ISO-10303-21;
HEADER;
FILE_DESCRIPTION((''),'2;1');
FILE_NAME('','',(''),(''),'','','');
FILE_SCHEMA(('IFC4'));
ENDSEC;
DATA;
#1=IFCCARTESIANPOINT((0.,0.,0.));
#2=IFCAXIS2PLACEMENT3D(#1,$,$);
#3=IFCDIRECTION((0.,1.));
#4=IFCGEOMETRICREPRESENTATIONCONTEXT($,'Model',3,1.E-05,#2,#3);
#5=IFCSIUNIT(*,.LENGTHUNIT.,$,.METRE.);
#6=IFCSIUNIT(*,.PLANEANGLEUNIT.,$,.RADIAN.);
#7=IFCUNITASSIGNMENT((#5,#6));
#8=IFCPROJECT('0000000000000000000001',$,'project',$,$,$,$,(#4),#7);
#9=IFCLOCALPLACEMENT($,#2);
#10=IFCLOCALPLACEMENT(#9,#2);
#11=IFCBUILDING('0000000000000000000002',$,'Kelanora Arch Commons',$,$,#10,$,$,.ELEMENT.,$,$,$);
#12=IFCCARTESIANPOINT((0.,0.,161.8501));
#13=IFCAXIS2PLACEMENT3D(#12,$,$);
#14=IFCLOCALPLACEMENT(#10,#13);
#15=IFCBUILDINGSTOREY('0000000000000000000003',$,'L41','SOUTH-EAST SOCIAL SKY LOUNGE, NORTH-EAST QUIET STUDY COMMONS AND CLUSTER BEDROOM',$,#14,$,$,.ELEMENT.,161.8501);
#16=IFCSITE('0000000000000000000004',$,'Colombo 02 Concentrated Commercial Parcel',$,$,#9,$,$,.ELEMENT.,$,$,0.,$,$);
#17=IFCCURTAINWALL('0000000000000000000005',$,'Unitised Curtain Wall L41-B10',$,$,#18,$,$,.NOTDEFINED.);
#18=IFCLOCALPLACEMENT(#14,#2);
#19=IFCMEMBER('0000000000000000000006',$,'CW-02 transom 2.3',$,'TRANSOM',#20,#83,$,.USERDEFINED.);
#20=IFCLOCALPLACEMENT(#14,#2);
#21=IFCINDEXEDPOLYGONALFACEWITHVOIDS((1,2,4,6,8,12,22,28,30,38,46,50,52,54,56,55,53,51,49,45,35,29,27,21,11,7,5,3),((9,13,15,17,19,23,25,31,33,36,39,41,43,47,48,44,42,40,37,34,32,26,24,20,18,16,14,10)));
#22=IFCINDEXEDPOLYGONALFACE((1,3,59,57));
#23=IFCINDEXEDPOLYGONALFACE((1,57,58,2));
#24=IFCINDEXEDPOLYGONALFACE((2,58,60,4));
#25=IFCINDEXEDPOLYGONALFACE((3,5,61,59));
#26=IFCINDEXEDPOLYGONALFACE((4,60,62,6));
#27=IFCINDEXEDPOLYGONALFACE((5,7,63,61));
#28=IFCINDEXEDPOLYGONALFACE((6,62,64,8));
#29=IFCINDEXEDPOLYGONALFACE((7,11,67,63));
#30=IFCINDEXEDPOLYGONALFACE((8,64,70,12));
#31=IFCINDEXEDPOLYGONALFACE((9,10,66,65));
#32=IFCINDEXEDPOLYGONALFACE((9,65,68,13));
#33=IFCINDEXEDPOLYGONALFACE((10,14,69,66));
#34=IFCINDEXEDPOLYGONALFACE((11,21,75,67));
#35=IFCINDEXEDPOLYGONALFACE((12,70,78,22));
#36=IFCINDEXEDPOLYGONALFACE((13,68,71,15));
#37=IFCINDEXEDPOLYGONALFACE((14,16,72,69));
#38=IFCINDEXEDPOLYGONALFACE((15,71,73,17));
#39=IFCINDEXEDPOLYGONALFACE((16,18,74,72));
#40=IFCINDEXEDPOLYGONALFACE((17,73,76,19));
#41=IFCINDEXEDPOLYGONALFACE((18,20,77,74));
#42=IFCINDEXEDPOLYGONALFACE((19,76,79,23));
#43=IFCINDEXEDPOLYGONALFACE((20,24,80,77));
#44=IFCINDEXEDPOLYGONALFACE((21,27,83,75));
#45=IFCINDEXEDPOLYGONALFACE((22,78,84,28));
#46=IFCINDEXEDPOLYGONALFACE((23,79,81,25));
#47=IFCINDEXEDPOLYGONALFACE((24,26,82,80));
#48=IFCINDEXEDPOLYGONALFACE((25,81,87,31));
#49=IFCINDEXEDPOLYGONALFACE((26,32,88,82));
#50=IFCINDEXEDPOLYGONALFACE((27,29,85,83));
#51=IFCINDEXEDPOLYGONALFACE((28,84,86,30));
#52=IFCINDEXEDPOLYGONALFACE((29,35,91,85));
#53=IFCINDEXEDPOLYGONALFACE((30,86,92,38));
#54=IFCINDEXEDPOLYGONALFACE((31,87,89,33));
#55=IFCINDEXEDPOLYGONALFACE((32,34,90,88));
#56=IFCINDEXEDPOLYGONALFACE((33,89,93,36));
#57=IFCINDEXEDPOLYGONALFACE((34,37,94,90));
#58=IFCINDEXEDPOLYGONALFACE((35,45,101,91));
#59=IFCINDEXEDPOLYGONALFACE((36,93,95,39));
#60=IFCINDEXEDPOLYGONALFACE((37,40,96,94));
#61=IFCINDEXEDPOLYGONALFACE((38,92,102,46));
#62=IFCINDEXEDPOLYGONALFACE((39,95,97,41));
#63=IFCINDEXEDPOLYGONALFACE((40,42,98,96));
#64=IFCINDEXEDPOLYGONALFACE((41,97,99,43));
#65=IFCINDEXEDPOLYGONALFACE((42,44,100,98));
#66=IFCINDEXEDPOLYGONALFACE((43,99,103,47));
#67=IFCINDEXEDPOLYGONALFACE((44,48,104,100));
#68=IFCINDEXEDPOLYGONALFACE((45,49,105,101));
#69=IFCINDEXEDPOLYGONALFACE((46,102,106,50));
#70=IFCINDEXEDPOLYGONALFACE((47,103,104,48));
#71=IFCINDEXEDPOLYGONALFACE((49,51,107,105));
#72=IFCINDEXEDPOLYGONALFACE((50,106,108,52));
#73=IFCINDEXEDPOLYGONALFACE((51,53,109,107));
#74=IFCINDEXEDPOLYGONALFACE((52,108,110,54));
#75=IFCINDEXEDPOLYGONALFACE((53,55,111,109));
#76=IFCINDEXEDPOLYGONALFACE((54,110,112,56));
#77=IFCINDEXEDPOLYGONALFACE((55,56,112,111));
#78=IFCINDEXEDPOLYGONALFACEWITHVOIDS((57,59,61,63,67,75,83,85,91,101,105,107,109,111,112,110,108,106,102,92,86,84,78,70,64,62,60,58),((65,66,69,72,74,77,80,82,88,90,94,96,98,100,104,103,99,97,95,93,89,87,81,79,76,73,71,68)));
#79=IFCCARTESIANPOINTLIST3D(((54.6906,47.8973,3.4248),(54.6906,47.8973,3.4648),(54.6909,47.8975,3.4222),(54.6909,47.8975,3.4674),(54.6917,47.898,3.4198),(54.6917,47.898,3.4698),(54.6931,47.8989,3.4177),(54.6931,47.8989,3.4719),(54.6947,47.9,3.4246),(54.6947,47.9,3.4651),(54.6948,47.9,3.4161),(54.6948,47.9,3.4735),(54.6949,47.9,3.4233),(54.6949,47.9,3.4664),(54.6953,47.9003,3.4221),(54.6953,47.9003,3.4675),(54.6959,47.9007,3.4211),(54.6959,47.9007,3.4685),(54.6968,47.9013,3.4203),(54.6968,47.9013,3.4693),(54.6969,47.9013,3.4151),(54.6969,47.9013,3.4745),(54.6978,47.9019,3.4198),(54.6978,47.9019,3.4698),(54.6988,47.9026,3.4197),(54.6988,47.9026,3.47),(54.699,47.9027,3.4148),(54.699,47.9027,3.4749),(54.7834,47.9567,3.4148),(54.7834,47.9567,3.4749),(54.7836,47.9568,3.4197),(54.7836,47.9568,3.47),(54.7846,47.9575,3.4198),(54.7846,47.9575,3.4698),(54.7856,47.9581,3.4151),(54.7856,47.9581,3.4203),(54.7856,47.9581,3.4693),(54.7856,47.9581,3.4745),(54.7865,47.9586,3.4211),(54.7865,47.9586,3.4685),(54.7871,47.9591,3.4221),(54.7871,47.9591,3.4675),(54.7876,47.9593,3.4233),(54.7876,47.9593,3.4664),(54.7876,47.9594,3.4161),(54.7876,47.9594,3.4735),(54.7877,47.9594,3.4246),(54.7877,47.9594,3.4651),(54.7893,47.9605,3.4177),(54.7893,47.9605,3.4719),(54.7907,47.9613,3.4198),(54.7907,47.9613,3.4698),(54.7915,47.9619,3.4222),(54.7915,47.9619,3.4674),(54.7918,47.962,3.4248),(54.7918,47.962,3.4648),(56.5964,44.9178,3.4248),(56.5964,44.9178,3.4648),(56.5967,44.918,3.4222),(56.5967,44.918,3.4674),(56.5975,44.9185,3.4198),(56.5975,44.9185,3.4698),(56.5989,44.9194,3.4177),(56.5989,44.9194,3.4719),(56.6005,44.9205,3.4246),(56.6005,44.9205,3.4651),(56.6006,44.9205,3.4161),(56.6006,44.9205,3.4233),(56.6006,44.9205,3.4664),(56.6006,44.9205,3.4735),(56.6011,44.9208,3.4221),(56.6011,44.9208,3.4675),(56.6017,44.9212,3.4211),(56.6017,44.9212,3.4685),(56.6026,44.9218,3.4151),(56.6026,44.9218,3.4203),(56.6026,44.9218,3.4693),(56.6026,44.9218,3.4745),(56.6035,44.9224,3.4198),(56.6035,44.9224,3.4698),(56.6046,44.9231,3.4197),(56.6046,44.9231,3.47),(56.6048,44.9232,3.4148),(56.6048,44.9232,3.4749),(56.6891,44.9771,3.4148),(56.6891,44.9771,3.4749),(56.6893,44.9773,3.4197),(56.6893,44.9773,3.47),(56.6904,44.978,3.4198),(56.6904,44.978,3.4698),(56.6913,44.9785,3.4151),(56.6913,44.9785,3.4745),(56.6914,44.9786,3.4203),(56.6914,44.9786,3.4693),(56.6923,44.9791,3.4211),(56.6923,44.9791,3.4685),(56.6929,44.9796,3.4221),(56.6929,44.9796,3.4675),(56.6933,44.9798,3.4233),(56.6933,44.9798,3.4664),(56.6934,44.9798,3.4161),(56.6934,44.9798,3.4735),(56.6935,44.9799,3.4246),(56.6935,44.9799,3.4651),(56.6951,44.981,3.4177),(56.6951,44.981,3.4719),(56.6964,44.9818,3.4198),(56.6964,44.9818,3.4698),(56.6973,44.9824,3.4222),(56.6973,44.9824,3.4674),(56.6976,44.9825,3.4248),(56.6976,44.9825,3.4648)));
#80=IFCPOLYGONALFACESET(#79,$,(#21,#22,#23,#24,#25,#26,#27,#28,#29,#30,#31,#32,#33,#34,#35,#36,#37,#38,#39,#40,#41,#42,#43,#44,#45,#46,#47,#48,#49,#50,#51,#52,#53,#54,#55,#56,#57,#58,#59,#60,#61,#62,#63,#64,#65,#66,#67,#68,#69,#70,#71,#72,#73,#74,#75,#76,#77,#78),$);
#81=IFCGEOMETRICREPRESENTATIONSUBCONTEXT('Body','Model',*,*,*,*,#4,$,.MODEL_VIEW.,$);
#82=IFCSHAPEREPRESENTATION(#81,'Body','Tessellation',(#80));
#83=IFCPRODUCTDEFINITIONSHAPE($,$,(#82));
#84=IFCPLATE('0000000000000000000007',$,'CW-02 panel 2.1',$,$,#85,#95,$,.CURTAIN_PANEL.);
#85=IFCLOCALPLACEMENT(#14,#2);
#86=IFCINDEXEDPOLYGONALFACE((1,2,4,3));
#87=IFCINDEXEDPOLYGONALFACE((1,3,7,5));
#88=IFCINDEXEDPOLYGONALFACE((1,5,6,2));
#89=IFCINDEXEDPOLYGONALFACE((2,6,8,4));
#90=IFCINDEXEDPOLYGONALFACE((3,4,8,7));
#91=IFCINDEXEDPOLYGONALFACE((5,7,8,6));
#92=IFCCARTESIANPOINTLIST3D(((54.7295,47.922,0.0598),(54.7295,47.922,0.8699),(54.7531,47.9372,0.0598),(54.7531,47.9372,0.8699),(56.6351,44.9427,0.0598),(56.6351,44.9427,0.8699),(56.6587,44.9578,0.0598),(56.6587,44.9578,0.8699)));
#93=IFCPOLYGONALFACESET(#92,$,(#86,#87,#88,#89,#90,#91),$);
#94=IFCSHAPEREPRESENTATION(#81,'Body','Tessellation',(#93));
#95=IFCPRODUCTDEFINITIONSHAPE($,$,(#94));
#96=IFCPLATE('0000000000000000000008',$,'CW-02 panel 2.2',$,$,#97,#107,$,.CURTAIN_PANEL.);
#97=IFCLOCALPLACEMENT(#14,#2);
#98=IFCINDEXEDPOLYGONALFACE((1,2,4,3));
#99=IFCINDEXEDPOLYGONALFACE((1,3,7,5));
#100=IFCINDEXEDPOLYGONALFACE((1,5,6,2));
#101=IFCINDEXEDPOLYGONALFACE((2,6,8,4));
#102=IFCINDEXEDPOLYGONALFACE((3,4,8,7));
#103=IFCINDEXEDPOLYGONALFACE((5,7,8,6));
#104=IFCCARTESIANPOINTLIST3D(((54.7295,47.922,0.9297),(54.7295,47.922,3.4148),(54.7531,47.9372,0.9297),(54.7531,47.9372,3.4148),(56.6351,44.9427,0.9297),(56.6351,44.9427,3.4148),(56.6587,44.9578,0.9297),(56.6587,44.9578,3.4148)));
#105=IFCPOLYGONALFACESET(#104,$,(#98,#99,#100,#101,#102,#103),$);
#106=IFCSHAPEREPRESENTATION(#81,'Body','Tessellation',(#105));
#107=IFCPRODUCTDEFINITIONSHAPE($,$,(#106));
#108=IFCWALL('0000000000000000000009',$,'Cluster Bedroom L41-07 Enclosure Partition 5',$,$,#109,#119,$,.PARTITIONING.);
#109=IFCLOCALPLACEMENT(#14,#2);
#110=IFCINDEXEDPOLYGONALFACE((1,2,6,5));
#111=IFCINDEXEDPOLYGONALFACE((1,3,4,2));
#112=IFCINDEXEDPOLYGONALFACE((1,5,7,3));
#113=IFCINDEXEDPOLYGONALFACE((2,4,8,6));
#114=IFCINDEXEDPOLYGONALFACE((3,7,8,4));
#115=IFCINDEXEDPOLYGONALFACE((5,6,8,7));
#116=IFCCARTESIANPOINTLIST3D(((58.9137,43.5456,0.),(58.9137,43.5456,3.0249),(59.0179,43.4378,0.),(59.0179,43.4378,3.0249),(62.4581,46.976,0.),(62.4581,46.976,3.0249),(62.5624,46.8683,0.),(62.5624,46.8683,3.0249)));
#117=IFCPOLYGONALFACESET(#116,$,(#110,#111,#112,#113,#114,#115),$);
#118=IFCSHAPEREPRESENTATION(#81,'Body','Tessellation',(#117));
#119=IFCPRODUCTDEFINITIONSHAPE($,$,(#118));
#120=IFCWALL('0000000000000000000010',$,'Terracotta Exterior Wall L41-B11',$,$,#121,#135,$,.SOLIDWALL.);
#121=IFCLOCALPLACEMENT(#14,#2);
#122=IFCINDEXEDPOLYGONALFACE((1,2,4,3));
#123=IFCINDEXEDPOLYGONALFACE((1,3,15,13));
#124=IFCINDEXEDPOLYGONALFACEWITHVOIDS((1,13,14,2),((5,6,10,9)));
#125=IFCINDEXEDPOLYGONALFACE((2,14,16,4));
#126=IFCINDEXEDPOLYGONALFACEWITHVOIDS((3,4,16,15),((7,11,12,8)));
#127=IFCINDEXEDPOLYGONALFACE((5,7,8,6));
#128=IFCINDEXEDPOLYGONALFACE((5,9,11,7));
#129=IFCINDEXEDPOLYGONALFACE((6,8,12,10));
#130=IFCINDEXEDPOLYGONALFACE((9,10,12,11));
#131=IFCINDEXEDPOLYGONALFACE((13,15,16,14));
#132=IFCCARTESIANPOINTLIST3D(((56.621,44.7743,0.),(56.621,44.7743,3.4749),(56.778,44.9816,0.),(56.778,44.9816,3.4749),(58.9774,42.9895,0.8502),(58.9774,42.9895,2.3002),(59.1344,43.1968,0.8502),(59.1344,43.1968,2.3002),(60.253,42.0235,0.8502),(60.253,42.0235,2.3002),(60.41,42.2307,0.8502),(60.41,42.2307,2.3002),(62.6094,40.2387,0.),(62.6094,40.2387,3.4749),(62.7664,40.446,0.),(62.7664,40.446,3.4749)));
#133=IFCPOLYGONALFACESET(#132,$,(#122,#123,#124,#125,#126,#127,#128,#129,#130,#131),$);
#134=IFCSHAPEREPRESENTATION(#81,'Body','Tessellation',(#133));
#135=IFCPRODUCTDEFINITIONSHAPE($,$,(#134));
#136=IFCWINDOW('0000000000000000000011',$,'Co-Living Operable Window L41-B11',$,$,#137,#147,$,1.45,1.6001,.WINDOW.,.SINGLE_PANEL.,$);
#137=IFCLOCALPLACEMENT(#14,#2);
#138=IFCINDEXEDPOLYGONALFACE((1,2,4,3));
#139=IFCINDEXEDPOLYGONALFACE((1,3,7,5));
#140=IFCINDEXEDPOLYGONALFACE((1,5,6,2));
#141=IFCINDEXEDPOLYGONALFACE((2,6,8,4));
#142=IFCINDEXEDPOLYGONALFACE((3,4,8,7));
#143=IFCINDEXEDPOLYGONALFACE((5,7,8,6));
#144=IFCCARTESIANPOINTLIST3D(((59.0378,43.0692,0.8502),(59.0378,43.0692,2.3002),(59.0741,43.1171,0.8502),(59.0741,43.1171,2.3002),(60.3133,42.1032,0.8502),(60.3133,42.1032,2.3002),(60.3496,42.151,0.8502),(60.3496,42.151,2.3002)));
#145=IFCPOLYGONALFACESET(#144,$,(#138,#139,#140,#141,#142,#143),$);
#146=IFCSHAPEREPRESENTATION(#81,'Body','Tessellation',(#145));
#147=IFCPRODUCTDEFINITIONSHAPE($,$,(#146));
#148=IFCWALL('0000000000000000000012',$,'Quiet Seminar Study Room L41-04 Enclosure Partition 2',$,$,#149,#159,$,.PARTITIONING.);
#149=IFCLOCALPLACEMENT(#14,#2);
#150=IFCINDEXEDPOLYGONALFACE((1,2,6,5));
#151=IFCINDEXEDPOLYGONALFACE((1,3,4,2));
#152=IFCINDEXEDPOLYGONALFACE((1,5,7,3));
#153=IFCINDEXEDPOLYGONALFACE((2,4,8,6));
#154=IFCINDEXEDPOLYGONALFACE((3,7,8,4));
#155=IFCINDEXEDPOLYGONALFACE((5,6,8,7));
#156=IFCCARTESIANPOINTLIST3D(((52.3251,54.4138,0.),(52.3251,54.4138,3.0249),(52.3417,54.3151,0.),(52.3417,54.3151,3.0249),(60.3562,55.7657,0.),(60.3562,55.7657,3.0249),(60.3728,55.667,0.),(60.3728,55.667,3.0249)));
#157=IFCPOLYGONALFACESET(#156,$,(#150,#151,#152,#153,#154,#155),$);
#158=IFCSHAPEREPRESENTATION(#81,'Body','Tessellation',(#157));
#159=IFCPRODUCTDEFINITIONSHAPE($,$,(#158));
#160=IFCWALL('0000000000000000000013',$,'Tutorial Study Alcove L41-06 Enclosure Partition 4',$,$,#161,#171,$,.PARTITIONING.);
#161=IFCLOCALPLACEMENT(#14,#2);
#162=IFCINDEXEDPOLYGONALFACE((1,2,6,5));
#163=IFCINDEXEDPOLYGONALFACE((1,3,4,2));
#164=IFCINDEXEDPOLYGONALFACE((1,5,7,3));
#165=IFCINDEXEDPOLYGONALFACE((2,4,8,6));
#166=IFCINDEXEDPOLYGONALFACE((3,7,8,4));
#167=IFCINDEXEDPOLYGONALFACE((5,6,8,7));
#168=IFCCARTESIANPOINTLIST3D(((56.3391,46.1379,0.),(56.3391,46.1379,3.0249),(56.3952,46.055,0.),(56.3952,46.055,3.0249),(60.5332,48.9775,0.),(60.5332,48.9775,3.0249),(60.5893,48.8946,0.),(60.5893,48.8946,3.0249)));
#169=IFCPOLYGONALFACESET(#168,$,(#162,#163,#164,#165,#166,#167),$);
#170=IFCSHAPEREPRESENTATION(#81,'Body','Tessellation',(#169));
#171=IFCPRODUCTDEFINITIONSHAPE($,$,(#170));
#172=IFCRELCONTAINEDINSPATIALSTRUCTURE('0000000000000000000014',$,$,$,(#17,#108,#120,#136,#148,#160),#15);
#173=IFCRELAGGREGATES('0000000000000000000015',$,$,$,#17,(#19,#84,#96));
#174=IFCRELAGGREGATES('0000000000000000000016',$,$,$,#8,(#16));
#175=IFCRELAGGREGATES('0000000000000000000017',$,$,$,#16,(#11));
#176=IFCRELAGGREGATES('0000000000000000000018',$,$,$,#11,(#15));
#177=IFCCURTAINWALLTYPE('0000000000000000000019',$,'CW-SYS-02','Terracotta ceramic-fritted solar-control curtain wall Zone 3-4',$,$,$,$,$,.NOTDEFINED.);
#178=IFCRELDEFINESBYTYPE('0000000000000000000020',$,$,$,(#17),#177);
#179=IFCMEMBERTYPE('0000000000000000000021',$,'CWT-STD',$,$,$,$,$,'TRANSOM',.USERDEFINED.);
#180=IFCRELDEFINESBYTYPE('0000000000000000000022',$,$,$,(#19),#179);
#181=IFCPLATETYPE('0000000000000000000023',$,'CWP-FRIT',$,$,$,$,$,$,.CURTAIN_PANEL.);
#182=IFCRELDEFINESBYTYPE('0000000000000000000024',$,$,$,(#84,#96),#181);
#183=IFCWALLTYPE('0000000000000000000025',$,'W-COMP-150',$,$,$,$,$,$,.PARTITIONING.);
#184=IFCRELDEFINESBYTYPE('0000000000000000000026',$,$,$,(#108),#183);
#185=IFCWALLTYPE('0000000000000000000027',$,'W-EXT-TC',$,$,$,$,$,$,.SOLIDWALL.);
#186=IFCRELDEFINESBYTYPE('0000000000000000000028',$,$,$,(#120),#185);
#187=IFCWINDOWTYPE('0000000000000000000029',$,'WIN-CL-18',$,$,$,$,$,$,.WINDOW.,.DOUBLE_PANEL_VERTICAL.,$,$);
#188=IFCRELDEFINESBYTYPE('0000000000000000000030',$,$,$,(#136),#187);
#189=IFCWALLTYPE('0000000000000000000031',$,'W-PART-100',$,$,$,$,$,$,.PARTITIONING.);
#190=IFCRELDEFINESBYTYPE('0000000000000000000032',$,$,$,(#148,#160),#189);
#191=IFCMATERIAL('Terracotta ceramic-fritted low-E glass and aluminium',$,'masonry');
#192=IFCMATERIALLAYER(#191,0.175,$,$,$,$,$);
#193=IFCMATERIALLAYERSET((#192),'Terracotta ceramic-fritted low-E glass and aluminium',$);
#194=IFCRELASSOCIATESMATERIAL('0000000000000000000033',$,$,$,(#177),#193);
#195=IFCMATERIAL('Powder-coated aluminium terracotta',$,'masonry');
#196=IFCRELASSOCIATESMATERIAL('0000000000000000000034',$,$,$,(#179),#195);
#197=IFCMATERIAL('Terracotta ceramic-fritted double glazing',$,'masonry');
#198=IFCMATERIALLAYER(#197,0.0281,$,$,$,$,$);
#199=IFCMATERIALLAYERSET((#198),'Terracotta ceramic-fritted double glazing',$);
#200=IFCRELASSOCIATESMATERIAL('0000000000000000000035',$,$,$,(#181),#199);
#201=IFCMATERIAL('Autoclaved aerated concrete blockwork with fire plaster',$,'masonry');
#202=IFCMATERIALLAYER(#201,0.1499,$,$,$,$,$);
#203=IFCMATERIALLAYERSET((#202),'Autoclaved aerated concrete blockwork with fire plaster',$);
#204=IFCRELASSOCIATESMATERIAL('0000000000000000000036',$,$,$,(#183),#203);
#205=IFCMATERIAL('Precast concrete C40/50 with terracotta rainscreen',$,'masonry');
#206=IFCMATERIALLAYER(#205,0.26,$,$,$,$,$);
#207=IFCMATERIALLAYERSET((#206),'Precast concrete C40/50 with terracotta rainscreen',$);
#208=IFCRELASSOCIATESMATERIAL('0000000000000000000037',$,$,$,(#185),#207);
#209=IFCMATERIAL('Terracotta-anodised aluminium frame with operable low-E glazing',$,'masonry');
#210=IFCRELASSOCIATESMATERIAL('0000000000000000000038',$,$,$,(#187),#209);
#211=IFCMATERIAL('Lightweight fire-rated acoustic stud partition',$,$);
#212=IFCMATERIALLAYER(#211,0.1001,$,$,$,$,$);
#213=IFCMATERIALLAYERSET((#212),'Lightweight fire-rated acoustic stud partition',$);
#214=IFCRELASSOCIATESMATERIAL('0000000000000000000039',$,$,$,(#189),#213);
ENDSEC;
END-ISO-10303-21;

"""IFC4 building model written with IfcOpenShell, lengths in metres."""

from ifc_helpers import new_model, si_unit, direction, frame, frame_2d, origin, origin_2d, place, context, subcontext, project, spatial, rectangle, hollow_rectangle, extrude, source, transform, mapped, material, layer, layer_set, material_profile, profile_set, type_object, element, fill, aggregate, save


model = new_model("IFC4")

# Units and contexts
model_context = context("Model", 3, precision=1e-05, world=origin(), true_north=direction((0.0, 1.0)))
body_context = subcontext(model_context, "Body", "Model", "MODEL_VIEW")
ifc_project = project(units=[si_unit("LENGTHUNIT", "METRE"), si_unit("PLANEANGLEUNIT", "RADIAN")], contexts=[model_context])

# Site, building, storey
site_placement = place(None, origin())
site = spatial("IfcSite", under=ifc_project, at=site_placement, Name="Colombo 02 Concentrated Commercial Parcel", CompositionType="ELEMENT", RefElevation=0.0)
building_placement = place(site_placement, origin())
building = spatial("IfcBuilding", under=site, at=building_placement, Name="Kelanora Arch Commons", CompositionType="ELEMENT")
storey_placement = place(building_placement, frame((0.0, 0.0, 161.8501)))
storey = spatial("IfcBuildingStorey", under=building, at=storey_placement, Name="L41", Description="SOUTH-EAST SOCIAL SKY LOUNGE, NORTH-EAST QUIET STUDY COMMONS AND CLUSTER BEDROOM", CompositionType="ELEMENT", Elevation=161.8501)

# Curtain wall, member, plates
ifc_material_1 = material(Name="Terracotta ceramic-fritted low-E glass and aluminium", Category="masonry")
ifc_layer_1 = layer(ifc_material_1, 0.175)
ifc_layer_set_1 = layer_set([ifc_layer_1], Name="Terracotta ceramic-fritted low-E glass and aluminium")
curtain_wall_type = type_object("IfcCurtainWallType", Name="CW-SYS-02", Description="Terracotta ceramic-fritted solar-control curtain wall Zone 3-4", PredefinedType="NOTDEFINED", material=ifc_layer_set_1)
curtain_wall_placement = place(storey_placement, origin())
curtain_wall = element("IfcCurtainWall", 1, at=curtain_wall_placement, inside=storey, type_object=curtain_wall_type, Name="Unitised Curtain Wall L41-B10", PredefinedType="NOTDEFINED")
ifc_material_2 = material(Name="Powder-coated aluminium terracotta", Category="masonry")
ifc_material_profile_1 = material_profile(ifc_material_2, hollow_rectangle(XDim=0.1201, YDim=0.0601, WallThickness=0.0049, InnerFilletRadius=0.0049, OuterFilletRadius=0.01, at=origin_2d()), Name="CWT120x60")
ifc_profile_set_1 = profile_set([ifc_material_profile_1], Name="Powder-coated aluminium terracotta")
member_type_1 = type_object("IfcMemberType", Name="CWT-STD", ElementType="TRANSOM", PredefinedType="USERDEFINED", material=ifc_profile_set_1)
member_1_placement = place(storey_placement, frame((54.7412, 47.9297, 3.4448), z_axis=(0.53883, -0.842414, 0.0), x_axis=(0.842414, 0.53883, 0.0)))
member_1 = element("IfcMember", 2, at=member_1_placement, type_object=member_type_1, Name="CW-02 transom 2.3", ObjectType="TRANSOM", PredefinedType="USERDEFINED", context=body_context, shape_type="SweptSolid", body=[
    extrude(hollow_rectangle(XDim=0.1201, YDim=0.0601, WallThickness=0.0049, InnerFilletRadius=0.0049, OuterFilletRadius=0.01, at=origin_2d()), origin(), (0.0, 0.0, 1.0), 3.5369),
])
ifc_material_3 = material(Name="Terracotta ceramic-fritted double glazing", Category="masonry")
ifc_layer_2 = layer(ifc_material_3, 0.0281)
ifc_layer_set_2 = layer_set([ifc_layer_2], Name="Terracotta ceramic-fritted double glazing")
plate_type = type_object("IfcPlateType", Name="CWP-FRIT", PredefinedType="CURTAIN_PANEL", material=ifc_layer_set_2)
shared_shape_1 = source(origin(), body_context, "Body", "SweptSolid", [
    extrude(rectangle(XDim=3.5366, YDim=0.0281, at=origin_2d()), origin(), (0.0, 0.0, 1.0), 0.8101),
])
plate_1_placement = place(storey_placement, frame((55.6941, 46.4399, 0.0598), z_axis=(0.0, 0.0, 1.0), x_axis=(0.538817, -0.842423, 0.0)))
plate_1 = element("IfcPlate", 3, at=plate_1_placement, type_object=plate_type, Name="CW-02 panel 2.1", PredefinedType="CURTAIN_PANEL", context=body_context, shape_type="MappedRepresentation", body=[
    mapped(shared_shape_1, transform((0.0, 0.0, 0.0), scale=1.0)),
])
shared_shape_2 = source(origin(), body_context, "Body", "SweptSolid", [
    extrude(rectangle(XDim=3.5366, YDim=0.0281, at=origin_2d()), origin(), (0.0, 0.0, 1.0), 2.4851),
])
plate_2_placement = place(storey_placement, frame((55.6941, 46.4399, 0.9297), z_axis=(0.0, 0.0, 1.0), x_axis=(0.538817, -0.842423, 0.0)))
plate_2 = element("IfcPlate", 4, at=plate_2_placement, type_object=plate_type, Name="CW-02 panel 2.2", PredefinedType="CURTAIN_PANEL", context=body_context, shape_type="MappedRepresentation", body=[
    mapped(shared_shape_2, transform((0.0, 0.0, 0.0), scale=1.0)),
])
aggregate(curtain_wall, [member_1, plate_1, plate_2])

# Wall
ifc_material_4 = material(Name="Autoclaved aerated concrete blockwork with fire plaster", Category="masonry")
ifc_layer_3 = layer(ifc_material_4, 0.1499)
ifc_layer_set_3 = layer_set([ifc_layer_3], Name="Autoclaved aerated concrete blockwork with fire plaster")
wall_type_1 = type_object("IfcWallType", Name="W-COMP-150", PredefinedType="PARTITIONING", material=ifc_layer_set_3)
wall_1_placement = place(storey_placement, frame((58.9658, 43.4917, 0.0), z_axis=(0.0, 0.0, 1.0), x_axis=(0.718569, 0.695455, 0.0)))
element("IfcWall", 5, at=wall_1_placement, inside=storey, type_object=wall_type_1, Name="Cluster Bedroom L41-07 Enclosure Partition 5", PredefinedType="PARTITIONING", context=body_context, shape_type="SweptSolid", body=[
    extrude(rectangle(XDim=4.9326, YDim=0.1499, at=frame_2d((2.4663, 0.0))), origin(), (0.0, 0.0, 1.0), 3.0249),
])

# Wall, opening, window
ifc_material_5 = material(Name="Precast concrete C40/50 with terracotta rainscreen", Category="masonry")
ifc_layer_4 = layer(ifc_material_5, 0.26)
ifc_layer_set_4 = layer_set([ifc_layer_4], Name="Precast concrete C40/50 with terracotta rainscreen")
wall_type_2 = type_object("IfcWallType", Name="W-EXT-TC", PredefinedType="SOLIDWALL", material=ifc_layer_set_4)
wall_2_placement = place(storey_placement, frame((56.6995, 44.8779, 0.0), z_axis=(0.0, 0.0, 1.0), x_axis=(0.797164, -0.603763, 0.0)))
wall_2 = element("IfcWall", 6, at=wall_2_placement, inside=storey, type_object=wall_type_2, Name="Terracotta Exterior Wall L41-B11", PredefinedType="SOLIDWALL", context=body_context, shape_type="SweptSolid", body=[
    extrude(rectangle(XDim=7.5122, YDim=0.26, at=frame_2d((3.7561, 0.0))), origin(), (0.0, 0.0, 1.0), 3.4749),
])
opening_1_placement = place(wall_2_placement, frame((2.9561, 0.0, 0.8501)))
opening_1 = element("IfcOpeningElement", 7, at=opening_1_placement, cuts=wall_2, PredefinedType="OPENING", context=body_context, shape_type="SweptSolid", body=[
    extrude(rectangle(XDim=1.6001, YDim=1.45, at=frame_2d((0.8, 0.7251))), frame((0.0, 0.1401, 0.0), z_axis=(0.0, -1.0, 0.0), x_axis=(1.0, 0.0, 0.0)), (0.0, 0.0, 1.0), 0.28),
])
ifc_material_6 = material(Name="Terracotta-anodised aluminium frame with operable low-E glazing", Category="masonry")
window_type = type_object("IfcWindowType", Name="WIN-CL-18", PartitioningType="DOUBLE_PANEL_VERTICAL", PredefinedType="WINDOW", material=ifc_material_6)
window_placement = place(opening_1_placement, origin())
window = element("IfcWindow", 8, at=window_placement, inside=storey, type_object=window_type, Name="Co-Living Operable Window L41-B11", OverallHeight=1.45, OverallWidth=1.6001, PartitioningType="SINGLE_PANEL", PredefinedType="WINDOW", context=body_context, shape_type="SweptSolid", body=[
    extrude(rectangle(XDim=1.6001, YDim=1.45, at=frame_2d((0.8, 0.7251))), frame((0.0, 0.03, 0.0), z_axis=(0.0, -1.0, 0.0), x_axis=(1.0, 0.0, 0.0)), (0.0, 0.0, 1.0), 0.0601),
])
fill(opening_1, window)

# Walls
ifc_material_7 = material(Name="Lightweight fire-rated acoustic stud partition")
ifc_layer_5 = layer(ifc_material_7, 0.1001)
ifc_layer_set_5 = layer_set([ifc_layer_5], Name="Lightweight fire-rated acoustic stud partition")
wall_type_3 = type_object("IfcWallType", Name="W-PART-100", PredefinedType="PARTITIONING", material=ifc_layer_set_5)
wall_3_placement = place(storey_placement, frame((60.3645, 55.7163, 0.0), z_axis=(0.0, 0.0, 1.0), x_axis=(-0.986128, -0.165988, 0.0)))
element("IfcWall", 9, at=wall_3_placement, inside=storey, type_object=wall_type_3, Name="Quiet Seminar Study Room L41-04 Enclosure Partition 2", PredefinedType="PARTITIONING", context=body_context, shape_type="SweptSolid", body=[
    extrude(rectangle(XDim=8.144, YDim=0.1001, at=frame_2d((4.072, 0.0))), origin(), (0.0, 0.0, 1.0), 3.0249),
])
wall_4_placement = place(storey_placement, frame((56.3672, 46.0964, 0.0), z_axis=(0.0, 0.0, 1.0), x_axis=(0.828062, 0.560637, 0.0)))
element("IfcWall", 10, at=wall_4_placement, inside=storey, type_object=wall_type_3, Name="Tutorial Study Alcove L41-06 Enclosure Partition 4", PredefinedType="PARTITIONING", context=body_context, shape_type="SweptSolid", body=[
    extrude(rectangle(XDim=5.0649, YDim=0.1001, at=frame_2d((2.5325, 0.0))), origin(), (0.0, 0.0, 1.0), 3.0249),
])

save(model, "model.ifc")
